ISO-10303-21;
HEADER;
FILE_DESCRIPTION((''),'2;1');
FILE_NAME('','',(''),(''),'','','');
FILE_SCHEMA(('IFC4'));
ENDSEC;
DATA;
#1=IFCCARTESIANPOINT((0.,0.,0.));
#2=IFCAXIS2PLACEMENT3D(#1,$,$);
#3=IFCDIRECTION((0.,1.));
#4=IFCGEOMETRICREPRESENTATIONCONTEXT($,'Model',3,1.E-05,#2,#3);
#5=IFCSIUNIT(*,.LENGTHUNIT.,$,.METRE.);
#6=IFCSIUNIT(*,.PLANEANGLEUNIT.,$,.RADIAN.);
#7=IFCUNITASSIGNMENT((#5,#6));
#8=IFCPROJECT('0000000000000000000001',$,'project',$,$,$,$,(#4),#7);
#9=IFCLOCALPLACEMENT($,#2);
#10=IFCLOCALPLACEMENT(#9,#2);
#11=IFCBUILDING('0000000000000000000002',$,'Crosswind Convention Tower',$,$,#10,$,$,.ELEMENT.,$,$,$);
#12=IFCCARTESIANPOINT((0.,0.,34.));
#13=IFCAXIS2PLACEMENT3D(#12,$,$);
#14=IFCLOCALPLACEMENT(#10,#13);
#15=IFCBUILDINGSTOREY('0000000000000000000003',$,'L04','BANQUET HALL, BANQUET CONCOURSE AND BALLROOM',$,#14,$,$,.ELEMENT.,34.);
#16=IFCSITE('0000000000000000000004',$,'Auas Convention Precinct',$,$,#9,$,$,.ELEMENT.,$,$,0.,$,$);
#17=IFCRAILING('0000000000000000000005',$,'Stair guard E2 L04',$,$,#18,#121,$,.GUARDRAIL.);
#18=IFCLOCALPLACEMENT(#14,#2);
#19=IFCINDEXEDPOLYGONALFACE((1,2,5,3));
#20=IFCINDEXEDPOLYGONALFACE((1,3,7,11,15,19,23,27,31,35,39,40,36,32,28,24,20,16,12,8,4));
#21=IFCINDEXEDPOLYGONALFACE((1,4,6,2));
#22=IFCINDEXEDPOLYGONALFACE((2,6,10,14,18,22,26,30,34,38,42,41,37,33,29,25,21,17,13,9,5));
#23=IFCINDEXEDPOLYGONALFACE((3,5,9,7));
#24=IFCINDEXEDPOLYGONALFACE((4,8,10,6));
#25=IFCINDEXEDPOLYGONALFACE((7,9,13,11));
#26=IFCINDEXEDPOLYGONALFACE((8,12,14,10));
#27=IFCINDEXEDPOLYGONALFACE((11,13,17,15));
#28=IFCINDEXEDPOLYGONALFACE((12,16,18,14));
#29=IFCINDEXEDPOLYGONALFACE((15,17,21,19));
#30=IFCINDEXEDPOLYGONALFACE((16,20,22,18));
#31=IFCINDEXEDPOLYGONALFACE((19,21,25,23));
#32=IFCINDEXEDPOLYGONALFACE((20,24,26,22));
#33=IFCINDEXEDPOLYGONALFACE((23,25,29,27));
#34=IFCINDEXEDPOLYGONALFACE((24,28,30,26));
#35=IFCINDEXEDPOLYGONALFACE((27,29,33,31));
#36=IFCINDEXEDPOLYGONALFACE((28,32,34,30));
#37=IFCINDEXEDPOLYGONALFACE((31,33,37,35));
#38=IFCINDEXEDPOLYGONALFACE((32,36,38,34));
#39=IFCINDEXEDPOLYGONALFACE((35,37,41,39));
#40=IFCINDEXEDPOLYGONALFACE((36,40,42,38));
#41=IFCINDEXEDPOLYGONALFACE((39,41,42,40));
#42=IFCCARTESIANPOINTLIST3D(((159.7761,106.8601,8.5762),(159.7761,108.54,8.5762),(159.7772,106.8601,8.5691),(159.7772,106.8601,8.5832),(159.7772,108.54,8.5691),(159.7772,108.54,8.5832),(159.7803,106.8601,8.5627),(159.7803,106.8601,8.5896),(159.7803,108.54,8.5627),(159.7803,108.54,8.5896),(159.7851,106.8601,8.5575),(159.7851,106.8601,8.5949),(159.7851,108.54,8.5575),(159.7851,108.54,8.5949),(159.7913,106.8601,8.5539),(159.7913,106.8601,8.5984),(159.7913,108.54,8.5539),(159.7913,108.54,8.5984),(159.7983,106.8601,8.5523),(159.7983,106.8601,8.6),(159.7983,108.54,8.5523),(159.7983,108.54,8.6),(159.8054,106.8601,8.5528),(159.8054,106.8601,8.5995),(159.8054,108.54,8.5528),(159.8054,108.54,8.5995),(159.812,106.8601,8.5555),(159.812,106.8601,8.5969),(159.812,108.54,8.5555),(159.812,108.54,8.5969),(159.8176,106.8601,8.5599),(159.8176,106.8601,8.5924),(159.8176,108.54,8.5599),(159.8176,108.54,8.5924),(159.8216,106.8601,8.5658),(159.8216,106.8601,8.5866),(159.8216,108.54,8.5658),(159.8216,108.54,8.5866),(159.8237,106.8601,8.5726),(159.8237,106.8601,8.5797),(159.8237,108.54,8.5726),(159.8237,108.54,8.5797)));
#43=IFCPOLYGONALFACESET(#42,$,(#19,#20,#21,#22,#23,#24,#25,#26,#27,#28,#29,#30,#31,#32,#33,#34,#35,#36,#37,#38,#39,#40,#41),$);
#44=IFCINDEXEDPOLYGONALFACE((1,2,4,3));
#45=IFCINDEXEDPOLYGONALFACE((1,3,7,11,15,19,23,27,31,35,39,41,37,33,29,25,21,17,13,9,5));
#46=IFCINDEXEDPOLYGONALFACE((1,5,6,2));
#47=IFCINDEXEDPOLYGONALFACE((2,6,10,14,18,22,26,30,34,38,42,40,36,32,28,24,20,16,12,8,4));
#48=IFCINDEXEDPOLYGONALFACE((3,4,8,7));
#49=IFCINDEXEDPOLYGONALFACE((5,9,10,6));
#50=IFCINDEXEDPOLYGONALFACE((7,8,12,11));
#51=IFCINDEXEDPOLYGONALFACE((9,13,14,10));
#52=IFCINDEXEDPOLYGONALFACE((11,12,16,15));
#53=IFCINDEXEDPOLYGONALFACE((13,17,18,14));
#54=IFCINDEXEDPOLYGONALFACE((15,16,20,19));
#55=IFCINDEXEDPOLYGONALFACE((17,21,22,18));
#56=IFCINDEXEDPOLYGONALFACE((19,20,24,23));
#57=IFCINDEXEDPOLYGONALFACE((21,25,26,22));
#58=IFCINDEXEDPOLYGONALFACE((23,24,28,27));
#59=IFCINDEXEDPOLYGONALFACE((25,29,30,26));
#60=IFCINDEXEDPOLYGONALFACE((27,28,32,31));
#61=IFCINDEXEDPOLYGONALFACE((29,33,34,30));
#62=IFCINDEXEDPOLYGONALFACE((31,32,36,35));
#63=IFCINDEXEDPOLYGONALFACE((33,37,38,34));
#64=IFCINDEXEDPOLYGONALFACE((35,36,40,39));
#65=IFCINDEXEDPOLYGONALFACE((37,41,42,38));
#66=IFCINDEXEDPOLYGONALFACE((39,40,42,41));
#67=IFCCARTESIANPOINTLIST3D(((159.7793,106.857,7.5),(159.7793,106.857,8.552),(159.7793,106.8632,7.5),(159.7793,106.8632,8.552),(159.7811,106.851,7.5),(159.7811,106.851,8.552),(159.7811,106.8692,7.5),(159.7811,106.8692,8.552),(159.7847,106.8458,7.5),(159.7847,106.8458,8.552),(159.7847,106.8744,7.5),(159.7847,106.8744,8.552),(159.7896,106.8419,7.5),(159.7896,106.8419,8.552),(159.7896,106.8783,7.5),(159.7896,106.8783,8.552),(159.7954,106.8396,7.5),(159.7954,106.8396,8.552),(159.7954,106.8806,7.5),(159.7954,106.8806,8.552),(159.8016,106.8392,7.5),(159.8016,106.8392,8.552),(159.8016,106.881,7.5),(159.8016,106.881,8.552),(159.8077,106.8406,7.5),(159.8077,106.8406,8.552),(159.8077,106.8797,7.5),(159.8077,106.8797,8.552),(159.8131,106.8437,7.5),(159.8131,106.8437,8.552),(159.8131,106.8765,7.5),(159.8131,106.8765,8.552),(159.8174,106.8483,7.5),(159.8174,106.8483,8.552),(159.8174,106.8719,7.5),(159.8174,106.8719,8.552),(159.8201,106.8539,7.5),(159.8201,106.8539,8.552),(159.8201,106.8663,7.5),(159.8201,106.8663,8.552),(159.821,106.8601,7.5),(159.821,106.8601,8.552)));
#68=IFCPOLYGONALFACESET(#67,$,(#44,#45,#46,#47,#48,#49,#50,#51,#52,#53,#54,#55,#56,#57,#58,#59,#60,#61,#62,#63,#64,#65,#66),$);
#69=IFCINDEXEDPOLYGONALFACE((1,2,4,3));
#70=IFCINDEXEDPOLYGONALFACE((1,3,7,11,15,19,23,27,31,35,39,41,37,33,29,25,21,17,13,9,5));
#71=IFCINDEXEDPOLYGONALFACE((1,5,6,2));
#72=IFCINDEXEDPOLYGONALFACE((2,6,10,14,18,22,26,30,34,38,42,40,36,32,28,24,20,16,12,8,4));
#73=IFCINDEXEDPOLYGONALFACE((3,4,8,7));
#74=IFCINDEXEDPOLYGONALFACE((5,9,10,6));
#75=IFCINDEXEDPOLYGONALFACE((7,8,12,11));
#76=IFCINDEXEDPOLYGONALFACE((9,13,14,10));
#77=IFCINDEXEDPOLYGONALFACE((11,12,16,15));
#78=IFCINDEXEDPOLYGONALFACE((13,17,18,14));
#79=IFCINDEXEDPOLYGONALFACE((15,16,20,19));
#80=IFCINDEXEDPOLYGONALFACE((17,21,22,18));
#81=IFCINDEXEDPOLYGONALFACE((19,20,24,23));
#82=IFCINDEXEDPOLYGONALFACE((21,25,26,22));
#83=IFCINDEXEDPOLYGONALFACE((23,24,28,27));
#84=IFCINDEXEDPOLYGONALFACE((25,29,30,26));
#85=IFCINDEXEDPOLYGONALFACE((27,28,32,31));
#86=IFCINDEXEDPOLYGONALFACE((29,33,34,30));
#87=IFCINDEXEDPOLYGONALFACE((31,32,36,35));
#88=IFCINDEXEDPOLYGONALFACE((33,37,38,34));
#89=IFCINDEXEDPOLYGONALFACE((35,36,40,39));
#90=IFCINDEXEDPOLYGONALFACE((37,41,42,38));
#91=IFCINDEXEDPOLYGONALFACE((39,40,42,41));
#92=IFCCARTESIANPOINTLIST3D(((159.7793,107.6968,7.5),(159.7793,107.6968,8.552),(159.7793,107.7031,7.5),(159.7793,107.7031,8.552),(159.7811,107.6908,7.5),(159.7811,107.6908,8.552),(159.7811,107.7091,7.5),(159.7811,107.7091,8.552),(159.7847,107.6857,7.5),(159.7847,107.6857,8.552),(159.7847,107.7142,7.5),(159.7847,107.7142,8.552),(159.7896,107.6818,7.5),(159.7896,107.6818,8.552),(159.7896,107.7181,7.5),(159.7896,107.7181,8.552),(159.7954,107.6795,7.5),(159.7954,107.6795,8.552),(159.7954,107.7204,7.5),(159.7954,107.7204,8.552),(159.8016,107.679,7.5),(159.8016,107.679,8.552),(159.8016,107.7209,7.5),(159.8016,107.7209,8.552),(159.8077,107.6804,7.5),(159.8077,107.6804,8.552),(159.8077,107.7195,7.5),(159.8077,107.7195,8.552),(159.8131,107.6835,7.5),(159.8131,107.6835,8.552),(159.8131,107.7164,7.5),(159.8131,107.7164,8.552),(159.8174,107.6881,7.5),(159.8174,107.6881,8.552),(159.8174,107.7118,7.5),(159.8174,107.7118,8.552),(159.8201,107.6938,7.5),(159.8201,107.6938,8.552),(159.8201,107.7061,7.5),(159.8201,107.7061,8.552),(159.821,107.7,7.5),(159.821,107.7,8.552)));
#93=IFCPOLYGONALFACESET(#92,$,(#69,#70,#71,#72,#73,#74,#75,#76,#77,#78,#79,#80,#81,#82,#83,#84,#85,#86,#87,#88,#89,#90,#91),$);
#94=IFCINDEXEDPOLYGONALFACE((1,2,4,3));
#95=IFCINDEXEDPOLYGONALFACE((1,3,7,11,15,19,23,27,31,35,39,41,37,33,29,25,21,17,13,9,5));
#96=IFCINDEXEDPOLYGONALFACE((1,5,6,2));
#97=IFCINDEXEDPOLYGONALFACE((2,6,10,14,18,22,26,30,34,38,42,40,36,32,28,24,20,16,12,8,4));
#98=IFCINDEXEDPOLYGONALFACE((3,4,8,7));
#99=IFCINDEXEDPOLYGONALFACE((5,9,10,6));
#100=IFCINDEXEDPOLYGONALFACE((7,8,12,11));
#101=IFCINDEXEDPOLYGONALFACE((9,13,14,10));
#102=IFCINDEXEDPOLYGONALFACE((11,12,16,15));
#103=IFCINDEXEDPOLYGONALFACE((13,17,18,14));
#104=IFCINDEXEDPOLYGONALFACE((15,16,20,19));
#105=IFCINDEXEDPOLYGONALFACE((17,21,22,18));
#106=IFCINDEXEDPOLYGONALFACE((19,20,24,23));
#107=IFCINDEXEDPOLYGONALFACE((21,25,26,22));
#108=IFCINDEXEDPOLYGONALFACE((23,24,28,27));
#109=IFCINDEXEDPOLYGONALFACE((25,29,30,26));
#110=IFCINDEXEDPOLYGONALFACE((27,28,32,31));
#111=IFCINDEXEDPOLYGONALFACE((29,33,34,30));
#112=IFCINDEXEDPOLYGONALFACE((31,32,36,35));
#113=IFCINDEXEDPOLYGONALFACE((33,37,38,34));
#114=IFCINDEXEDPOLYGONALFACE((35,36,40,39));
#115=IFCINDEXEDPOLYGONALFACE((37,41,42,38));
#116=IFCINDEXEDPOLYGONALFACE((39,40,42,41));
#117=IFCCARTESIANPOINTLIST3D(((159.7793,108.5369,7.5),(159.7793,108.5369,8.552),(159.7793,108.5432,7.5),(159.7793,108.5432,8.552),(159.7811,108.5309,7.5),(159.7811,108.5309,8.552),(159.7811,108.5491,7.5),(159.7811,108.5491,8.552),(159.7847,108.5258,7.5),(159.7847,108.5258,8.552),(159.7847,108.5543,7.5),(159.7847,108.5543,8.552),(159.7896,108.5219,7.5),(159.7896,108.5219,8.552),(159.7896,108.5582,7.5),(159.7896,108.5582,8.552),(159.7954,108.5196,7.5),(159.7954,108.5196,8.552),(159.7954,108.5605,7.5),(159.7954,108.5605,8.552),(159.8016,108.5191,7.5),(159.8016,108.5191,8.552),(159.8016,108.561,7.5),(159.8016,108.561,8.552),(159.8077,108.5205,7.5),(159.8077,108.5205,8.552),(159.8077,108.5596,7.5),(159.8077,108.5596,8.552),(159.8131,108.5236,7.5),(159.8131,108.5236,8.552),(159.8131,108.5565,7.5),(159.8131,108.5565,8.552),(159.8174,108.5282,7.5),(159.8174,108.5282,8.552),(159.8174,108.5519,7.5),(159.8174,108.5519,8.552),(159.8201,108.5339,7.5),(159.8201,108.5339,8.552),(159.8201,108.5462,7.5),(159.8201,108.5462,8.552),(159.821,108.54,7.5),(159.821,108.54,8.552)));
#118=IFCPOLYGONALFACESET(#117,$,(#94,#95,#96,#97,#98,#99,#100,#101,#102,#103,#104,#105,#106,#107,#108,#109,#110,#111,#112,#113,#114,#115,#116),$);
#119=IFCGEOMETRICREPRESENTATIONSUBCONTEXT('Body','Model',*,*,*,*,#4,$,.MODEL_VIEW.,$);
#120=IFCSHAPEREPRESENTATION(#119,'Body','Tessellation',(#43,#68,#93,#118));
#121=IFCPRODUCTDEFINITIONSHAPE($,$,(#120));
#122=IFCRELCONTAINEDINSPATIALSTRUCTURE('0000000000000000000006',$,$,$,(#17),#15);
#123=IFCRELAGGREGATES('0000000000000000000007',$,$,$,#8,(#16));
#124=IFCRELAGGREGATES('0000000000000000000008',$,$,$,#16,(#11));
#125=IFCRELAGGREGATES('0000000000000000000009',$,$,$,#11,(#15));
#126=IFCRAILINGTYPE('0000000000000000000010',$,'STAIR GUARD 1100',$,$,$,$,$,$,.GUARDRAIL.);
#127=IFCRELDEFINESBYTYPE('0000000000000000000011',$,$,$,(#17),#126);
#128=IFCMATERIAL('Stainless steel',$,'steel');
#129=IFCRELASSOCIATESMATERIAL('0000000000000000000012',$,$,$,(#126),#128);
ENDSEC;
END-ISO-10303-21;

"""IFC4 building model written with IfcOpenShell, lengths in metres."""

from ifc_helpers import new_model, si_unit, direction, frame, origin, origin_2d, place, context, subcontext, project, spatial, circle, extrude, material, type_object, element, save


model = new_model("IFC4")

# Units and contexts
model_context = context("Model", 3, precision=1e-05, world=origin(), true_north=direction((0.0, 1.0)))
body_context = subcontext(model_context, "Body", "Model", "MODEL_VIEW")
ifc_project = project(units=[si_unit("LENGTHUNIT", "METRE"), si_unit("PLANEANGLEUNIT", "RADIAN")], contexts=[model_context])

# Site, building, storey
site_placement = place(None, origin())
site = spatial("IfcSite", under=ifc_project, at=site_placement, Name="Auas Convention Precinct", CompositionType="ELEMENT", RefElevation=0.0)
building_placement = place(site_placement, origin())
building = spatial("IfcBuilding", under=site, at=building_placement, Name="Crosswind Convention Tower", CompositionType="ELEMENT")
storey_placement = place(building_placement, frame((0.0, 0.0, 34.0)))
storey = spatial("IfcBuildingStorey", under=building, at=storey_placement, Name="L04", Description="BANQUET HALL, BANQUET CONCOURSE AND BALLROOM", CompositionType="ELEMENT", Elevation=34.0)

# Railing
ifc_material_1 = material(Name="Stainless steel", Category="steel")
railing_type_1 = type_object("IfcRailingType", Name="STAIR GUARD 1100", PredefinedType="GUARDRAIL", material=ifc_material_1)
railing_1_placement = place(storey_placement, frame((159.8, 106.8601, 7.5)))
element("IfcRailing", 1, at=railing_1_placement, inside=storey, type_object=railing_type_1, Name="Stair guard E2 L04", PredefinedType="GUARDRAIL", context=body_context, shape_type="SweptSolid", body=[
    extrude(circle(Radius=0.0239, at=origin_2d()), frame((0.0, 0.0, 1.0762), z_axis=(0.0, 1.0, 0.0), x_axis=(-1.0, 0.0, 0.0)), (0.0, 0.0, 1.0), 1.6799),
    extrude(circle(Radius=0.021, at=origin_2d()), origin(), (0.0, 0.0, 1.0), 1.052),
    extrude(circle(Radius=0.021, at=origin_2d()), frame((0.0, 0.8398, 0.0)), (0.0, 0.0, 1.0), 1.052),
    extrude(circle(Radius=0.021, at=origin_2d()), frame((0.0, 1.6799, 0.0)), (0.0, 0.0, 1.0), 1.052),
])

save(model, "model.ifc")
